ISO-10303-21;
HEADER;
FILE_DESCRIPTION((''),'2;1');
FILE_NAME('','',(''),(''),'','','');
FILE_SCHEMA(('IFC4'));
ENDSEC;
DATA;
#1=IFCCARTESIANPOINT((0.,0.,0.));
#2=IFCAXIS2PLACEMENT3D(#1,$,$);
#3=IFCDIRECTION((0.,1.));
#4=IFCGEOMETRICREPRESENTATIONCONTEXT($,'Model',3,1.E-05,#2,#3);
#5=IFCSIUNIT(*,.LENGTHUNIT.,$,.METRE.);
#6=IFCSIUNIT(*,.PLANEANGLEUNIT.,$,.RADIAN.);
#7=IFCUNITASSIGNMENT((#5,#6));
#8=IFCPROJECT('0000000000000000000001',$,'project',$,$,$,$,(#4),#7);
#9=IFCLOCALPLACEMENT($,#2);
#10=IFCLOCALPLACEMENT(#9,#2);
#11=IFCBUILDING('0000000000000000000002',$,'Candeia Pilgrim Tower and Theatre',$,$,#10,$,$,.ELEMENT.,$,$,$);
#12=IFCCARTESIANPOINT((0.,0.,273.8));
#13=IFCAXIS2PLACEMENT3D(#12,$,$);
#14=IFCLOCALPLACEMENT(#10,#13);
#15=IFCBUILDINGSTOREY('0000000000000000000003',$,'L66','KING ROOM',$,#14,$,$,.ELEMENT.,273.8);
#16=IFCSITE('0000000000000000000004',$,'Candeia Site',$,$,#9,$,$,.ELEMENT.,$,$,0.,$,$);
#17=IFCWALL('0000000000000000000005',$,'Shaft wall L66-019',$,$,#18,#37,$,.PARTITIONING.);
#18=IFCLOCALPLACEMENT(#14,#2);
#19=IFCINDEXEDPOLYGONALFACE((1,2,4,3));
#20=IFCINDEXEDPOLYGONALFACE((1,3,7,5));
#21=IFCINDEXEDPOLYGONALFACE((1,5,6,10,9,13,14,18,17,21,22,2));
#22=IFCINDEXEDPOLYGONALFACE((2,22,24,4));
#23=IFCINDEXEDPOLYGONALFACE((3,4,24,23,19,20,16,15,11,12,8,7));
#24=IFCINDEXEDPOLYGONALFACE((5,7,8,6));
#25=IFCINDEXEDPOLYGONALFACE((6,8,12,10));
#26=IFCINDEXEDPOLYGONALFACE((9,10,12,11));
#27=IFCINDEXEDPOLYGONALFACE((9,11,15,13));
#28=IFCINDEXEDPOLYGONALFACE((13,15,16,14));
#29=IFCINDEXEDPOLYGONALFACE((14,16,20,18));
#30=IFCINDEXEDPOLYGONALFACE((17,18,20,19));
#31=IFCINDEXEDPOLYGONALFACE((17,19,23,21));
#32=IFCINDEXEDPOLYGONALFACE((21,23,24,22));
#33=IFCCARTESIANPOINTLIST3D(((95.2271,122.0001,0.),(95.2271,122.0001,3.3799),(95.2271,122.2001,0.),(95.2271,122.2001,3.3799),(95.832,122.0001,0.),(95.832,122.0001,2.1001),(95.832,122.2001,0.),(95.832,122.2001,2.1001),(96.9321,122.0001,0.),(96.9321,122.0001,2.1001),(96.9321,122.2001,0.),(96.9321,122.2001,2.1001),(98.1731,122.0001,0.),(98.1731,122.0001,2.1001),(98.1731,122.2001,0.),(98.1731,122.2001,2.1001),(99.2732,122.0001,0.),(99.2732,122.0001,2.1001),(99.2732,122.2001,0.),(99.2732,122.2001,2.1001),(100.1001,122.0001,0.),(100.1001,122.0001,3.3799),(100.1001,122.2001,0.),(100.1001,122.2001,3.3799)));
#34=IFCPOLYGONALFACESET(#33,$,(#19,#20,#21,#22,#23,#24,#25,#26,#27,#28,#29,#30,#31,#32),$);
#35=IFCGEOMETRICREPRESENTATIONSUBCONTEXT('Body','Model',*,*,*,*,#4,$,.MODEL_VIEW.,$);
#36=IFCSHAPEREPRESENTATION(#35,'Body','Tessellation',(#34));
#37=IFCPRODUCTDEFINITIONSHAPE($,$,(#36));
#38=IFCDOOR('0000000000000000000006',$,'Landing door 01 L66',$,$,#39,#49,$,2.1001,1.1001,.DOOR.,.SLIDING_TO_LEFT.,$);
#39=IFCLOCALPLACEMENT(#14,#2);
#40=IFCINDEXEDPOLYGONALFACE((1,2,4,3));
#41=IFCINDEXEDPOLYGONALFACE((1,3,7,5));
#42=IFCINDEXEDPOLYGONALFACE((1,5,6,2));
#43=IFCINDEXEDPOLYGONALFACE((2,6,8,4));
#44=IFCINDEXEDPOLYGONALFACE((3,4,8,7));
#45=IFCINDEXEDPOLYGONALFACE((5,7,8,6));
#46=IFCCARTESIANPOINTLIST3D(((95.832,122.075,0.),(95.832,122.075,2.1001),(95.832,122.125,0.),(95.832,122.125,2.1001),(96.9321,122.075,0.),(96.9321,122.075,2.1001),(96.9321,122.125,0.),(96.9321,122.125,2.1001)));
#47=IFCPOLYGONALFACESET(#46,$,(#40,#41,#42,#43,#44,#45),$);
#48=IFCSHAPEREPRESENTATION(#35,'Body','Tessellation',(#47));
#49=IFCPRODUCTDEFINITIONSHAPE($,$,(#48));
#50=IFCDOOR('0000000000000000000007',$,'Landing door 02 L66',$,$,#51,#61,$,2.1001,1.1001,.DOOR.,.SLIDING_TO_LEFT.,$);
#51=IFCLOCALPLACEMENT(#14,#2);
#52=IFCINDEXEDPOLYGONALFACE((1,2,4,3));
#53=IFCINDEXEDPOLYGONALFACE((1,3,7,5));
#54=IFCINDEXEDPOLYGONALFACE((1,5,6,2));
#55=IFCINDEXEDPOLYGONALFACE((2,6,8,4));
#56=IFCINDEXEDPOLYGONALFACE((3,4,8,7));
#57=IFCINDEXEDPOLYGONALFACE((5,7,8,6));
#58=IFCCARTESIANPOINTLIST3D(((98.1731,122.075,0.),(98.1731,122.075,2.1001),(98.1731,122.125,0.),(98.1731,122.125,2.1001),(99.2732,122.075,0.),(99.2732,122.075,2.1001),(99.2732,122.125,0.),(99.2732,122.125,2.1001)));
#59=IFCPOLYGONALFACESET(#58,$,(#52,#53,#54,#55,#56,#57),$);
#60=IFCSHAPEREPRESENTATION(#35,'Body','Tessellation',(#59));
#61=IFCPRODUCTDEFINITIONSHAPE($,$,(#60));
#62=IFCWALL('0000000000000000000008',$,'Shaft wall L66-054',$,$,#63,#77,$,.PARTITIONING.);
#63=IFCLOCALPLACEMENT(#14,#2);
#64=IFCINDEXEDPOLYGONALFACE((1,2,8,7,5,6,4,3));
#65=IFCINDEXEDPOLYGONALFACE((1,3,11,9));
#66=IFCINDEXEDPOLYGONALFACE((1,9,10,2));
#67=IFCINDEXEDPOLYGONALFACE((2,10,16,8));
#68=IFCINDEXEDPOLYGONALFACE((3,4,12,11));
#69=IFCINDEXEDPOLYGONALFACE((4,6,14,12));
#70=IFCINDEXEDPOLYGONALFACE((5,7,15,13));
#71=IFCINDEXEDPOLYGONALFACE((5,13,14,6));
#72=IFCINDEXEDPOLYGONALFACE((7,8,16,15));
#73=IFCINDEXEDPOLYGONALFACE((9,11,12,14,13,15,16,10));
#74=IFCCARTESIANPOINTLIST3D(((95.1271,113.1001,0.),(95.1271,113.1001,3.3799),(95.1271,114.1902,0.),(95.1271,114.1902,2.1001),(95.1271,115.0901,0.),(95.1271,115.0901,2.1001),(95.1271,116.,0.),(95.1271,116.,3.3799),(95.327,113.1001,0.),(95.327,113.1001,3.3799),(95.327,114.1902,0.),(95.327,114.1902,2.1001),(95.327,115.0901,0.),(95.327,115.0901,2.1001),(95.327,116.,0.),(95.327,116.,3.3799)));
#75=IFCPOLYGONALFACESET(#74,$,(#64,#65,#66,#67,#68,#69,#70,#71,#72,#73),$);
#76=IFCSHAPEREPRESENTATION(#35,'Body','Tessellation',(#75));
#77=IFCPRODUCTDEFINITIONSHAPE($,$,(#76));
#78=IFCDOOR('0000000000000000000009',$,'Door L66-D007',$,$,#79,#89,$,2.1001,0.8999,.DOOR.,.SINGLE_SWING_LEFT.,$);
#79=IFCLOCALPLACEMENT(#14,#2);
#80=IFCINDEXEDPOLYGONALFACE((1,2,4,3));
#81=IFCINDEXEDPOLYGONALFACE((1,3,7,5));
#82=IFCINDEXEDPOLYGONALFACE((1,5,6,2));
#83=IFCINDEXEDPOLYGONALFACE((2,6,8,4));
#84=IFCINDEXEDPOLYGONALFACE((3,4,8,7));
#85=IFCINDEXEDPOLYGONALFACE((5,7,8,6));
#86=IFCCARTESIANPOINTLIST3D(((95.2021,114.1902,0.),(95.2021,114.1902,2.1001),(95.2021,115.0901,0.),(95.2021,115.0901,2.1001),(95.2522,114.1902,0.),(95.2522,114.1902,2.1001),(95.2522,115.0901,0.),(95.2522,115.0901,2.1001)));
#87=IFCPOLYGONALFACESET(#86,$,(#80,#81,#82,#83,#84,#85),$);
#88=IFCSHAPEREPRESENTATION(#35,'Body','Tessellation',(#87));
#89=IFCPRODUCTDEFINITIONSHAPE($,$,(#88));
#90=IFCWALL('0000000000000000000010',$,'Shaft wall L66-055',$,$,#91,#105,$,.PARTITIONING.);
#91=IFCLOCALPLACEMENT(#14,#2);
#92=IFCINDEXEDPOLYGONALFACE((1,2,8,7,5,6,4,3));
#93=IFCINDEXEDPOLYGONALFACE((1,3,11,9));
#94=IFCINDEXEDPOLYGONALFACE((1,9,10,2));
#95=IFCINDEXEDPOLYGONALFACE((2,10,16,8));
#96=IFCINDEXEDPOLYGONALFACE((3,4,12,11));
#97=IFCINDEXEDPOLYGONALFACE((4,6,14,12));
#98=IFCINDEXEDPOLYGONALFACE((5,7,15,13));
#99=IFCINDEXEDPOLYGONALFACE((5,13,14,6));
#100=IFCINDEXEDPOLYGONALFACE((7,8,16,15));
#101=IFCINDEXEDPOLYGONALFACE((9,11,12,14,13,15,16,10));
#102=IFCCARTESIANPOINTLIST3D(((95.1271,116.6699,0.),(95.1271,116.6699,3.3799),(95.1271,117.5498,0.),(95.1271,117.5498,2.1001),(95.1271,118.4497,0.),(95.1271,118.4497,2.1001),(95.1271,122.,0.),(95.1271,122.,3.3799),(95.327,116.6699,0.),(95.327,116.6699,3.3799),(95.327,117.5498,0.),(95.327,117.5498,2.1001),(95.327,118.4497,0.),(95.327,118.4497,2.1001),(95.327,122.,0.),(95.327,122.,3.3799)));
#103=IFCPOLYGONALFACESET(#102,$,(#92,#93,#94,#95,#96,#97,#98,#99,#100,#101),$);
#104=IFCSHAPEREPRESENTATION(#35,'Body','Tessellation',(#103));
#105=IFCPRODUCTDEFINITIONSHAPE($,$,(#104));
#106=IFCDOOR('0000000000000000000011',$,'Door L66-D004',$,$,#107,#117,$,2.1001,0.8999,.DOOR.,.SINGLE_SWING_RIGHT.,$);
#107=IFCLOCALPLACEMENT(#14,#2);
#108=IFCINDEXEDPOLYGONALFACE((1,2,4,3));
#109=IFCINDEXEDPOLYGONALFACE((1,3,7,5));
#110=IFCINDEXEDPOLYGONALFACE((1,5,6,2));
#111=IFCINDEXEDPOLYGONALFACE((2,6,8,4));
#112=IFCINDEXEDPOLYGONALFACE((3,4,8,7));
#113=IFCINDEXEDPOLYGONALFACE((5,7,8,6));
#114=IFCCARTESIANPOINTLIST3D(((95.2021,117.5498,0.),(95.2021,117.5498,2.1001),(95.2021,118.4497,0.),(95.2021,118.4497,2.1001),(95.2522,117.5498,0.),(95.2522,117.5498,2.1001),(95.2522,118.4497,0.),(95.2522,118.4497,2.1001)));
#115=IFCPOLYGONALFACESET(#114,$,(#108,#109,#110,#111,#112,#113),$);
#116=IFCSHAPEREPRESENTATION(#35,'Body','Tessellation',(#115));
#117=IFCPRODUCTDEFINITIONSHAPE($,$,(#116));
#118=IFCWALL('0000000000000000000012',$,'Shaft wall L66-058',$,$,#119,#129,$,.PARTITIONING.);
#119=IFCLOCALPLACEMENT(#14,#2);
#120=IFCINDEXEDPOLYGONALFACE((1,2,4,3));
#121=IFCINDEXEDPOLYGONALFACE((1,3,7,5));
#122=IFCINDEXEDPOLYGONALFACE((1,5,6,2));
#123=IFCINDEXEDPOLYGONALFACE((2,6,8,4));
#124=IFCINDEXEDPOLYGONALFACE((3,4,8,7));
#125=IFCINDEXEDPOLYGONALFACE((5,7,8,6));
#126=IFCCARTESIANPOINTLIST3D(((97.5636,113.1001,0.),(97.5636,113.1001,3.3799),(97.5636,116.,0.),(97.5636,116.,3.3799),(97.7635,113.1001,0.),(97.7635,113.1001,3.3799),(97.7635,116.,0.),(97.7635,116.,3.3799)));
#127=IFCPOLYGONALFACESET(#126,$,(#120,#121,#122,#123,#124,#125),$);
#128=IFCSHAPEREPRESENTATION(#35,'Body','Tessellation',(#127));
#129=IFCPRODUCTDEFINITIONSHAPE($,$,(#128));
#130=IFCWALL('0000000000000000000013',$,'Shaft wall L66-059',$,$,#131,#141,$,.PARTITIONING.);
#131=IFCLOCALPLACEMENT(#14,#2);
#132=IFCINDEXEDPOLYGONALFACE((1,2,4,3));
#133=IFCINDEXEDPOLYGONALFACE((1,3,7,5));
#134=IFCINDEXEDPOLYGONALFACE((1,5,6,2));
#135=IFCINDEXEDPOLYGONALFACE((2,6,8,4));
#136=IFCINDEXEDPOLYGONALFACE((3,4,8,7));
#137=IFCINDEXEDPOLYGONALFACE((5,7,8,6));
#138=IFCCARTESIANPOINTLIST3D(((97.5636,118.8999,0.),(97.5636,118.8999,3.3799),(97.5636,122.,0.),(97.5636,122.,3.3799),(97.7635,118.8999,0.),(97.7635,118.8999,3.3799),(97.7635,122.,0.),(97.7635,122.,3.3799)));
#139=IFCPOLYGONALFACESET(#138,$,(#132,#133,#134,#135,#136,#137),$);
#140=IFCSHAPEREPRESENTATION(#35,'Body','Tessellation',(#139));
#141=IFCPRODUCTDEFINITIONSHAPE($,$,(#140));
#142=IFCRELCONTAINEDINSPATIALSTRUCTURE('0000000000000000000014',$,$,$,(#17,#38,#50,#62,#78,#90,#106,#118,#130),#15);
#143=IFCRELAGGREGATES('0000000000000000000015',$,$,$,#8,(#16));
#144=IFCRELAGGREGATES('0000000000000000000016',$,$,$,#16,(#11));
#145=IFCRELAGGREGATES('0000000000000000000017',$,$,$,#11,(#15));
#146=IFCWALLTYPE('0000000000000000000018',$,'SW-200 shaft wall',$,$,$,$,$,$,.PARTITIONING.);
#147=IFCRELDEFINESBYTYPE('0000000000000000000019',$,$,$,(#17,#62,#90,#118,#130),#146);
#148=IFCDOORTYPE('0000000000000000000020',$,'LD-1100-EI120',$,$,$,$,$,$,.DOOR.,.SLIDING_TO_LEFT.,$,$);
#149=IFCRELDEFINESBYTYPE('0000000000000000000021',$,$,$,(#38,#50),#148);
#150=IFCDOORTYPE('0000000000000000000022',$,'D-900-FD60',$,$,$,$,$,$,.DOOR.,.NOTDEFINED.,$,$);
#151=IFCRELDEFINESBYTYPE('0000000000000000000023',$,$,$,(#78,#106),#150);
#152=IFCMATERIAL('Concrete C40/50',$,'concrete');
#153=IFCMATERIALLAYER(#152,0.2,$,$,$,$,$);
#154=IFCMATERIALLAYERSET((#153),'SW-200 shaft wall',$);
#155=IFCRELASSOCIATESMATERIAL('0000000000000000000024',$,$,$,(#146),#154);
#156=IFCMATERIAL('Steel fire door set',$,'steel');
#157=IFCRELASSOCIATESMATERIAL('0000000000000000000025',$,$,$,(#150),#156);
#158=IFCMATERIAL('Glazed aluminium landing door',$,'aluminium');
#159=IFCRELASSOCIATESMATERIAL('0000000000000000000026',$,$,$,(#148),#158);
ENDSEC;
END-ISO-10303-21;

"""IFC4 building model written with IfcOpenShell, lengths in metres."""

from ifc_helpers import new_model, si_unit, direction, frame, frame_2d, origin, place, context, subcontext, project, spatial, rectangle, extrude, material, layer, layer_set, type_object, element, fill, save


model = new_model("IFC4")

# Units and contexts
model_context = context("Model", 3, precision=1e-05, world=origin(), true_north=direction((0.0, 1.0)))
body_context = subcontext(model_context, "Body", "Model", "MODEL_VIEW")
ifc_project = project(units=[si_unit("LENGTHUNIT", "METRE"), si_unit("PLANEANGLEUNIT", "RADIAN")], contexts=[model_context])

# Site, building, storey
site_placement = place(None, origin())
site = spatial("IfcSite", under=ifc_project, at=site_placement, Name="Candeia Site", CompositionType="ELEMENT", RefElevation=0.0)
building_placement = place(site_placement, origin())
building = spatial("IfcBuilding", under=site, at=building_placement, Name="Candeia Pilgrim Tower and Theatre", CompositionType="ELEMENT")
storey_placement = place(building_placement, frame((0.0, 0.0, 273.8)))
storey = spatial("IfcBuildingStorey", under=building, at=storey_placement, Name="L66", Description="KING ROOM", CompositionType="ELEMENT", Elevation=273.8)

# Shared definitions
ifc_material_1 = material(Name="Concrete C40/50", Category="concrete")

# Shared definitions
ifc_material_2 = material(Name="Steel fire door set", Category="steel")

# Shared definitions
ifc_layer_1 = layer(ifc_material_1, 0.2)
ifc_layer_set_1 = layer_set([ifc_layer_1], Name="SW-200 shaft wall")
wall_type_1 = type_object("IfcWallType", Name="SW-200 shaft wall", PredefinedType="PARTITIONING", material=ifc_layer_set_1)
door_type_1 = type_object("IfcDoorType", Name="D-900-FD60", OperationType="NOTDEFINED", PredefinedType="DOOR", material=ifc_material_2)

# Wall, openings, doors
wall_1_placement = place(storey_placement, frame((95.2271, 122.1001, 0.0), z_axis=(0.0, 0.0, 1.0), x_axis=(1.0, 0.0, 0.0)))
wall_1 = element("IfcWall", 1, at=wall_1_placement, inside=storey, type_object=wall_type_1, Name="Shaft wall L66-019", PredefinedType="PARTITIONING", context=body_context, shape_type="SweptSolid", body=[
    extrude(rectangle(XDim=4.873, YDim=0.2, at=frame_2d((2.4365, 0.0))), origin(), (0.0, 0.0, 1.0), 3.3799),
])
opening_1_placement = place(wall_1_placement, frame((0.605, 0.0, 0.0)))
opening_1 = element("IfcOpeningElement", 2, at=opening_1_placement, cuts=wall_1, PredefinedType="OPENING", context=body_context, shape_type="SweptSolid", body=[
    extrude(rectangle(XDim=1.1001, YDim=2.1001, at=frame_2d((0.55, 1.05))), frame((0.0, 0.1099, 0.0), z_axis=(0.0, -1.0, 0.0), x_axis=(1.0, 0.0, 0.0)), (0.0, 0.0, 1.0), 0.22),
])
opening_2_placement = place(wall_1_placement, frame((2.946, 0.0, 0.0)))
opening_2 = element("IfcOpeningElement", 3, at=opening_2_placement, cuts=wall_1, PredefinedType="OPENING", context=body_context, shape_type="SweptSolid", body=[
    extrude(rectangle(XDim=1.1001, YDim=2.1001, at=frame_2d((0.55, 1.05))), frame((0.0, 0.1099, 0.0), z_axis=(0.0, -1.0, 0.0), x_axis=(1.0, 0.0, 0.0)), (0.0, 0.0, 1.0), 0.22),
])
ifc_material_3 = material(Name="Glazed aluminium landing door", Category="aluminium")
door_type_2 = type_object("IfcDoorType", Name="LD-1100-EI120", OperationType="SLIDING_TO_LEFT", PredefinedType="DOOR", material=ifc_material_3)
door_1_placement = place(opening_1_placement, origin())
door_1 = element("IfcDoor", 4, at=door_1_placement, inside=storey, type_object=door_type_2, Name="Landing door 01 L66", OperationType="SLIDING_TO_LEFT", OverallHeight=2.1001, OverallWidth=1.1001, PredefinedType="DOOR", context=body_context, shape_type="SweptSolid", body=[
    extrude(rectangle(XDim=1.1001, YDim=2.1001, at=frame_2d((0.55, 1.05))), frame((0.0, 0.0249, 0.0), z_axis=(0.0, -1.0, 0.0), x_axis=(1.0, 0.0, 0.0)), (0.0, 0.0, 1.0), 0.05),
])
fill(opening_1, door_1)
door_2_placement = place(opening_2_placement, origin())
door_2 = element("IfcDoor", 5, at=door_2_placement, inside=storey, type_object=door_type_2, Name="Landing door 02 L66", OperationType="SLIDING_TO_LEFT", OverallHeight=2.1001, OverallWidth=1.1001, PredefinedType="DOOR", context=body_context, shape_type="SweptSolid", body=[
    extrude(rectangle(XDim=1.1001, YDim=2.1001, at=frame_2d((0.55, 1.05))), frame((0.0, 0.0249, 0.0), z_axis=(0.0, -1.0, 0.0), x_axis=(1.0, 0.0, 0.0)), (0.0, 0.0, 1.0), 0.05),
])
fill(opening_2, door_2)

# Walls, openings, doors
wall_2_placement = place(storey_placement, frame((95.2271, 113.1001, 0.0), z_axis=(0.0, 0.0, 1.0), x_axis=(0.0, 1.0, 0.0)))
wall_2 = element("IfcWall", 6, at=wall_2_placement, inside=storey, type_object=wall_type_1, Name="Shaft wall L66-054", PredefinedType="PARTITIONING", context=body_context, shape_type="SweptSolid", body=[
    extrude(rectangle(XDim=2.8999, YDim=0.2, at=frame_2d((1.45, 0.0))), origin(), (0.0, 0.0, 1.0), 3.3799),
])
opening_3_placement = place(wall_2_placement, frame((1.0901, 0.0, 0.0)))
opening_3 = element("IfcOpeningElement", 7, at=opening_3_placement, cuts=wall_2, PredefinedType="OPENING", context=body_context, shape_type="SweptSolid", body=[
    extrude(rectangle(XDim=0.8999, YDim=2.1001, at=frame_2d((0.45, 1.05))), frame((0.0, 0.1099, 0.0), z_axis=(0.0, -1.0, 0.0), x_axis=(1.0, 0.0, 0.0)), (0.0, 0.0, 1.0), 0.22),
])
door_3_placement = place(opening_3_placement, origin())
door_3 = element("IfcDoor", 8, at=door_3_placement, inside=storey, type_object=door_type_1, Name="Door L66-D007", OperationType="SINGLE_SWING_LEFT", OverallHeight=2.1001, OverallWidth=0.8999, PredefinedType="DOOR", context=body_context, shape_type="SweptSolid", body=[
    extrude(rectangle(XDim=0.8999, YDim=2.1001, at=frame_2d((0.45, 1.05))), frame((0.0, 0.0249, 0.0), z_axis=(0.0, -1.0, 0.0), x_axis=(1.0, 0.0, 0.0)), (0.0, 0.0, 1.0), 0.05),
])
fill(opening_3, door_3)
wall_3_placement = place(storey_placement, frame((95.2271, 116.6699, 0.0), z_axis=(0.0, 0.0, 1.0), x_axis=(0.0, 1.0, 0.0)))
wall_3 = element("IfcWall", 9, at=wall_3_placement, inside=storey, type_object=wall_type_1, Name="Shaft wall L66-055", PredefinedType="PARTITIONING", context=body_context, shape_type="SweptSolid", body=[
    extrude(rectangle(XDim=5.3301, YDim=0.2, at=frame_2d((2.665, 0.0))), origin(), (0.0, 0.0, 1.0), 3.3799),
])
opening_4_placement = place(wall_3_placement, frame((0.8799, 0.0, 0.0)))
opening_4 = element("IfcOpeningElement", 10, at=opening_4_placement, cuts=wall_3, PredefinedType="OPENING", context=body_context, shape_type="SweptSolid", body=[
    extrude(rectangle(XDim=0.8999, YDim=2.1001, at=frame_2d((0.45, 1.05))), frame((0.0, 0.1099, 0.0), z_axis=(0.0, -1.0, 0.0), x_axis=(1.0, 0.0, 0.0)), (0.0, 0.0, 1.0), 0.22),
])
door_4_placement = place(opening_4_placement, origin())
door_4 = element("IfcDoor", 11, at=door_4_placement, inside=storey, type_object=door_type_1, Name="Door L66-D004", OperationType="SINGLE_SWING_RIGHT", OverallHeight=2.1001, OverallWidth=0.8999, PredefinedType="DOOR", context=body_context, shape_type="SweptSolid", body=[
    extrude(rectangle(XDim=0.8999, YDim=2.1001, at=frame_2d((0.45, 1.05))), frame((0.0, 0.0249, 0.0), z_axis=(0.0, -1.0, 0.0), x_axis=(1.0, 0.0, 0.0)), (0.0, 0.0, 1.0), 0.05),
])
fill(opening_4, door_4)

# Walls
wall_4_placement = place(storey_placement, frame((97.6636, 113.1001, 0.0), z_axis=(0.0, 0.0, 1.0), x_axis=(0.0, 1.0, 0.0)))
element("IfcWall", 12, at=wall_4_placement, inside=storey, type_object=wall_type_1, Name="Shaft wall L66-058", PredefinedType="PARTITIONING", context=body_context, shape_type="SweptSolid", body=[
    extrude(rectangle(XDim=2.8999, YDim=0.2, at=frame_2d((1.45, 0.0))), origin(), (0.0, 0.0, 1.0), 3.3799),
])
wall_5_placement = place(storey_placement, frame((97.6636, 118.8999, 0.0), z_axis=(0.0, 0.0, 1.0), x_axis=(0.0, 1.0, 0.0)))
element("IfcWall", 13, at=wall_5_placement, inside=storey, type_object=wall_type_1, Name="Shaft wall L66-059", PredefinedType="PARTITIONING", context=body_context, shape_type="SweptSolid", body=[
    extrude(rectangle(XDim=3.1001, YDim=0.2, at=frame_2d((1.55, 0.0))), origin(), (0.0, 0.0, 1.0), 3.3799),
])

save(model, "model.ifc")
